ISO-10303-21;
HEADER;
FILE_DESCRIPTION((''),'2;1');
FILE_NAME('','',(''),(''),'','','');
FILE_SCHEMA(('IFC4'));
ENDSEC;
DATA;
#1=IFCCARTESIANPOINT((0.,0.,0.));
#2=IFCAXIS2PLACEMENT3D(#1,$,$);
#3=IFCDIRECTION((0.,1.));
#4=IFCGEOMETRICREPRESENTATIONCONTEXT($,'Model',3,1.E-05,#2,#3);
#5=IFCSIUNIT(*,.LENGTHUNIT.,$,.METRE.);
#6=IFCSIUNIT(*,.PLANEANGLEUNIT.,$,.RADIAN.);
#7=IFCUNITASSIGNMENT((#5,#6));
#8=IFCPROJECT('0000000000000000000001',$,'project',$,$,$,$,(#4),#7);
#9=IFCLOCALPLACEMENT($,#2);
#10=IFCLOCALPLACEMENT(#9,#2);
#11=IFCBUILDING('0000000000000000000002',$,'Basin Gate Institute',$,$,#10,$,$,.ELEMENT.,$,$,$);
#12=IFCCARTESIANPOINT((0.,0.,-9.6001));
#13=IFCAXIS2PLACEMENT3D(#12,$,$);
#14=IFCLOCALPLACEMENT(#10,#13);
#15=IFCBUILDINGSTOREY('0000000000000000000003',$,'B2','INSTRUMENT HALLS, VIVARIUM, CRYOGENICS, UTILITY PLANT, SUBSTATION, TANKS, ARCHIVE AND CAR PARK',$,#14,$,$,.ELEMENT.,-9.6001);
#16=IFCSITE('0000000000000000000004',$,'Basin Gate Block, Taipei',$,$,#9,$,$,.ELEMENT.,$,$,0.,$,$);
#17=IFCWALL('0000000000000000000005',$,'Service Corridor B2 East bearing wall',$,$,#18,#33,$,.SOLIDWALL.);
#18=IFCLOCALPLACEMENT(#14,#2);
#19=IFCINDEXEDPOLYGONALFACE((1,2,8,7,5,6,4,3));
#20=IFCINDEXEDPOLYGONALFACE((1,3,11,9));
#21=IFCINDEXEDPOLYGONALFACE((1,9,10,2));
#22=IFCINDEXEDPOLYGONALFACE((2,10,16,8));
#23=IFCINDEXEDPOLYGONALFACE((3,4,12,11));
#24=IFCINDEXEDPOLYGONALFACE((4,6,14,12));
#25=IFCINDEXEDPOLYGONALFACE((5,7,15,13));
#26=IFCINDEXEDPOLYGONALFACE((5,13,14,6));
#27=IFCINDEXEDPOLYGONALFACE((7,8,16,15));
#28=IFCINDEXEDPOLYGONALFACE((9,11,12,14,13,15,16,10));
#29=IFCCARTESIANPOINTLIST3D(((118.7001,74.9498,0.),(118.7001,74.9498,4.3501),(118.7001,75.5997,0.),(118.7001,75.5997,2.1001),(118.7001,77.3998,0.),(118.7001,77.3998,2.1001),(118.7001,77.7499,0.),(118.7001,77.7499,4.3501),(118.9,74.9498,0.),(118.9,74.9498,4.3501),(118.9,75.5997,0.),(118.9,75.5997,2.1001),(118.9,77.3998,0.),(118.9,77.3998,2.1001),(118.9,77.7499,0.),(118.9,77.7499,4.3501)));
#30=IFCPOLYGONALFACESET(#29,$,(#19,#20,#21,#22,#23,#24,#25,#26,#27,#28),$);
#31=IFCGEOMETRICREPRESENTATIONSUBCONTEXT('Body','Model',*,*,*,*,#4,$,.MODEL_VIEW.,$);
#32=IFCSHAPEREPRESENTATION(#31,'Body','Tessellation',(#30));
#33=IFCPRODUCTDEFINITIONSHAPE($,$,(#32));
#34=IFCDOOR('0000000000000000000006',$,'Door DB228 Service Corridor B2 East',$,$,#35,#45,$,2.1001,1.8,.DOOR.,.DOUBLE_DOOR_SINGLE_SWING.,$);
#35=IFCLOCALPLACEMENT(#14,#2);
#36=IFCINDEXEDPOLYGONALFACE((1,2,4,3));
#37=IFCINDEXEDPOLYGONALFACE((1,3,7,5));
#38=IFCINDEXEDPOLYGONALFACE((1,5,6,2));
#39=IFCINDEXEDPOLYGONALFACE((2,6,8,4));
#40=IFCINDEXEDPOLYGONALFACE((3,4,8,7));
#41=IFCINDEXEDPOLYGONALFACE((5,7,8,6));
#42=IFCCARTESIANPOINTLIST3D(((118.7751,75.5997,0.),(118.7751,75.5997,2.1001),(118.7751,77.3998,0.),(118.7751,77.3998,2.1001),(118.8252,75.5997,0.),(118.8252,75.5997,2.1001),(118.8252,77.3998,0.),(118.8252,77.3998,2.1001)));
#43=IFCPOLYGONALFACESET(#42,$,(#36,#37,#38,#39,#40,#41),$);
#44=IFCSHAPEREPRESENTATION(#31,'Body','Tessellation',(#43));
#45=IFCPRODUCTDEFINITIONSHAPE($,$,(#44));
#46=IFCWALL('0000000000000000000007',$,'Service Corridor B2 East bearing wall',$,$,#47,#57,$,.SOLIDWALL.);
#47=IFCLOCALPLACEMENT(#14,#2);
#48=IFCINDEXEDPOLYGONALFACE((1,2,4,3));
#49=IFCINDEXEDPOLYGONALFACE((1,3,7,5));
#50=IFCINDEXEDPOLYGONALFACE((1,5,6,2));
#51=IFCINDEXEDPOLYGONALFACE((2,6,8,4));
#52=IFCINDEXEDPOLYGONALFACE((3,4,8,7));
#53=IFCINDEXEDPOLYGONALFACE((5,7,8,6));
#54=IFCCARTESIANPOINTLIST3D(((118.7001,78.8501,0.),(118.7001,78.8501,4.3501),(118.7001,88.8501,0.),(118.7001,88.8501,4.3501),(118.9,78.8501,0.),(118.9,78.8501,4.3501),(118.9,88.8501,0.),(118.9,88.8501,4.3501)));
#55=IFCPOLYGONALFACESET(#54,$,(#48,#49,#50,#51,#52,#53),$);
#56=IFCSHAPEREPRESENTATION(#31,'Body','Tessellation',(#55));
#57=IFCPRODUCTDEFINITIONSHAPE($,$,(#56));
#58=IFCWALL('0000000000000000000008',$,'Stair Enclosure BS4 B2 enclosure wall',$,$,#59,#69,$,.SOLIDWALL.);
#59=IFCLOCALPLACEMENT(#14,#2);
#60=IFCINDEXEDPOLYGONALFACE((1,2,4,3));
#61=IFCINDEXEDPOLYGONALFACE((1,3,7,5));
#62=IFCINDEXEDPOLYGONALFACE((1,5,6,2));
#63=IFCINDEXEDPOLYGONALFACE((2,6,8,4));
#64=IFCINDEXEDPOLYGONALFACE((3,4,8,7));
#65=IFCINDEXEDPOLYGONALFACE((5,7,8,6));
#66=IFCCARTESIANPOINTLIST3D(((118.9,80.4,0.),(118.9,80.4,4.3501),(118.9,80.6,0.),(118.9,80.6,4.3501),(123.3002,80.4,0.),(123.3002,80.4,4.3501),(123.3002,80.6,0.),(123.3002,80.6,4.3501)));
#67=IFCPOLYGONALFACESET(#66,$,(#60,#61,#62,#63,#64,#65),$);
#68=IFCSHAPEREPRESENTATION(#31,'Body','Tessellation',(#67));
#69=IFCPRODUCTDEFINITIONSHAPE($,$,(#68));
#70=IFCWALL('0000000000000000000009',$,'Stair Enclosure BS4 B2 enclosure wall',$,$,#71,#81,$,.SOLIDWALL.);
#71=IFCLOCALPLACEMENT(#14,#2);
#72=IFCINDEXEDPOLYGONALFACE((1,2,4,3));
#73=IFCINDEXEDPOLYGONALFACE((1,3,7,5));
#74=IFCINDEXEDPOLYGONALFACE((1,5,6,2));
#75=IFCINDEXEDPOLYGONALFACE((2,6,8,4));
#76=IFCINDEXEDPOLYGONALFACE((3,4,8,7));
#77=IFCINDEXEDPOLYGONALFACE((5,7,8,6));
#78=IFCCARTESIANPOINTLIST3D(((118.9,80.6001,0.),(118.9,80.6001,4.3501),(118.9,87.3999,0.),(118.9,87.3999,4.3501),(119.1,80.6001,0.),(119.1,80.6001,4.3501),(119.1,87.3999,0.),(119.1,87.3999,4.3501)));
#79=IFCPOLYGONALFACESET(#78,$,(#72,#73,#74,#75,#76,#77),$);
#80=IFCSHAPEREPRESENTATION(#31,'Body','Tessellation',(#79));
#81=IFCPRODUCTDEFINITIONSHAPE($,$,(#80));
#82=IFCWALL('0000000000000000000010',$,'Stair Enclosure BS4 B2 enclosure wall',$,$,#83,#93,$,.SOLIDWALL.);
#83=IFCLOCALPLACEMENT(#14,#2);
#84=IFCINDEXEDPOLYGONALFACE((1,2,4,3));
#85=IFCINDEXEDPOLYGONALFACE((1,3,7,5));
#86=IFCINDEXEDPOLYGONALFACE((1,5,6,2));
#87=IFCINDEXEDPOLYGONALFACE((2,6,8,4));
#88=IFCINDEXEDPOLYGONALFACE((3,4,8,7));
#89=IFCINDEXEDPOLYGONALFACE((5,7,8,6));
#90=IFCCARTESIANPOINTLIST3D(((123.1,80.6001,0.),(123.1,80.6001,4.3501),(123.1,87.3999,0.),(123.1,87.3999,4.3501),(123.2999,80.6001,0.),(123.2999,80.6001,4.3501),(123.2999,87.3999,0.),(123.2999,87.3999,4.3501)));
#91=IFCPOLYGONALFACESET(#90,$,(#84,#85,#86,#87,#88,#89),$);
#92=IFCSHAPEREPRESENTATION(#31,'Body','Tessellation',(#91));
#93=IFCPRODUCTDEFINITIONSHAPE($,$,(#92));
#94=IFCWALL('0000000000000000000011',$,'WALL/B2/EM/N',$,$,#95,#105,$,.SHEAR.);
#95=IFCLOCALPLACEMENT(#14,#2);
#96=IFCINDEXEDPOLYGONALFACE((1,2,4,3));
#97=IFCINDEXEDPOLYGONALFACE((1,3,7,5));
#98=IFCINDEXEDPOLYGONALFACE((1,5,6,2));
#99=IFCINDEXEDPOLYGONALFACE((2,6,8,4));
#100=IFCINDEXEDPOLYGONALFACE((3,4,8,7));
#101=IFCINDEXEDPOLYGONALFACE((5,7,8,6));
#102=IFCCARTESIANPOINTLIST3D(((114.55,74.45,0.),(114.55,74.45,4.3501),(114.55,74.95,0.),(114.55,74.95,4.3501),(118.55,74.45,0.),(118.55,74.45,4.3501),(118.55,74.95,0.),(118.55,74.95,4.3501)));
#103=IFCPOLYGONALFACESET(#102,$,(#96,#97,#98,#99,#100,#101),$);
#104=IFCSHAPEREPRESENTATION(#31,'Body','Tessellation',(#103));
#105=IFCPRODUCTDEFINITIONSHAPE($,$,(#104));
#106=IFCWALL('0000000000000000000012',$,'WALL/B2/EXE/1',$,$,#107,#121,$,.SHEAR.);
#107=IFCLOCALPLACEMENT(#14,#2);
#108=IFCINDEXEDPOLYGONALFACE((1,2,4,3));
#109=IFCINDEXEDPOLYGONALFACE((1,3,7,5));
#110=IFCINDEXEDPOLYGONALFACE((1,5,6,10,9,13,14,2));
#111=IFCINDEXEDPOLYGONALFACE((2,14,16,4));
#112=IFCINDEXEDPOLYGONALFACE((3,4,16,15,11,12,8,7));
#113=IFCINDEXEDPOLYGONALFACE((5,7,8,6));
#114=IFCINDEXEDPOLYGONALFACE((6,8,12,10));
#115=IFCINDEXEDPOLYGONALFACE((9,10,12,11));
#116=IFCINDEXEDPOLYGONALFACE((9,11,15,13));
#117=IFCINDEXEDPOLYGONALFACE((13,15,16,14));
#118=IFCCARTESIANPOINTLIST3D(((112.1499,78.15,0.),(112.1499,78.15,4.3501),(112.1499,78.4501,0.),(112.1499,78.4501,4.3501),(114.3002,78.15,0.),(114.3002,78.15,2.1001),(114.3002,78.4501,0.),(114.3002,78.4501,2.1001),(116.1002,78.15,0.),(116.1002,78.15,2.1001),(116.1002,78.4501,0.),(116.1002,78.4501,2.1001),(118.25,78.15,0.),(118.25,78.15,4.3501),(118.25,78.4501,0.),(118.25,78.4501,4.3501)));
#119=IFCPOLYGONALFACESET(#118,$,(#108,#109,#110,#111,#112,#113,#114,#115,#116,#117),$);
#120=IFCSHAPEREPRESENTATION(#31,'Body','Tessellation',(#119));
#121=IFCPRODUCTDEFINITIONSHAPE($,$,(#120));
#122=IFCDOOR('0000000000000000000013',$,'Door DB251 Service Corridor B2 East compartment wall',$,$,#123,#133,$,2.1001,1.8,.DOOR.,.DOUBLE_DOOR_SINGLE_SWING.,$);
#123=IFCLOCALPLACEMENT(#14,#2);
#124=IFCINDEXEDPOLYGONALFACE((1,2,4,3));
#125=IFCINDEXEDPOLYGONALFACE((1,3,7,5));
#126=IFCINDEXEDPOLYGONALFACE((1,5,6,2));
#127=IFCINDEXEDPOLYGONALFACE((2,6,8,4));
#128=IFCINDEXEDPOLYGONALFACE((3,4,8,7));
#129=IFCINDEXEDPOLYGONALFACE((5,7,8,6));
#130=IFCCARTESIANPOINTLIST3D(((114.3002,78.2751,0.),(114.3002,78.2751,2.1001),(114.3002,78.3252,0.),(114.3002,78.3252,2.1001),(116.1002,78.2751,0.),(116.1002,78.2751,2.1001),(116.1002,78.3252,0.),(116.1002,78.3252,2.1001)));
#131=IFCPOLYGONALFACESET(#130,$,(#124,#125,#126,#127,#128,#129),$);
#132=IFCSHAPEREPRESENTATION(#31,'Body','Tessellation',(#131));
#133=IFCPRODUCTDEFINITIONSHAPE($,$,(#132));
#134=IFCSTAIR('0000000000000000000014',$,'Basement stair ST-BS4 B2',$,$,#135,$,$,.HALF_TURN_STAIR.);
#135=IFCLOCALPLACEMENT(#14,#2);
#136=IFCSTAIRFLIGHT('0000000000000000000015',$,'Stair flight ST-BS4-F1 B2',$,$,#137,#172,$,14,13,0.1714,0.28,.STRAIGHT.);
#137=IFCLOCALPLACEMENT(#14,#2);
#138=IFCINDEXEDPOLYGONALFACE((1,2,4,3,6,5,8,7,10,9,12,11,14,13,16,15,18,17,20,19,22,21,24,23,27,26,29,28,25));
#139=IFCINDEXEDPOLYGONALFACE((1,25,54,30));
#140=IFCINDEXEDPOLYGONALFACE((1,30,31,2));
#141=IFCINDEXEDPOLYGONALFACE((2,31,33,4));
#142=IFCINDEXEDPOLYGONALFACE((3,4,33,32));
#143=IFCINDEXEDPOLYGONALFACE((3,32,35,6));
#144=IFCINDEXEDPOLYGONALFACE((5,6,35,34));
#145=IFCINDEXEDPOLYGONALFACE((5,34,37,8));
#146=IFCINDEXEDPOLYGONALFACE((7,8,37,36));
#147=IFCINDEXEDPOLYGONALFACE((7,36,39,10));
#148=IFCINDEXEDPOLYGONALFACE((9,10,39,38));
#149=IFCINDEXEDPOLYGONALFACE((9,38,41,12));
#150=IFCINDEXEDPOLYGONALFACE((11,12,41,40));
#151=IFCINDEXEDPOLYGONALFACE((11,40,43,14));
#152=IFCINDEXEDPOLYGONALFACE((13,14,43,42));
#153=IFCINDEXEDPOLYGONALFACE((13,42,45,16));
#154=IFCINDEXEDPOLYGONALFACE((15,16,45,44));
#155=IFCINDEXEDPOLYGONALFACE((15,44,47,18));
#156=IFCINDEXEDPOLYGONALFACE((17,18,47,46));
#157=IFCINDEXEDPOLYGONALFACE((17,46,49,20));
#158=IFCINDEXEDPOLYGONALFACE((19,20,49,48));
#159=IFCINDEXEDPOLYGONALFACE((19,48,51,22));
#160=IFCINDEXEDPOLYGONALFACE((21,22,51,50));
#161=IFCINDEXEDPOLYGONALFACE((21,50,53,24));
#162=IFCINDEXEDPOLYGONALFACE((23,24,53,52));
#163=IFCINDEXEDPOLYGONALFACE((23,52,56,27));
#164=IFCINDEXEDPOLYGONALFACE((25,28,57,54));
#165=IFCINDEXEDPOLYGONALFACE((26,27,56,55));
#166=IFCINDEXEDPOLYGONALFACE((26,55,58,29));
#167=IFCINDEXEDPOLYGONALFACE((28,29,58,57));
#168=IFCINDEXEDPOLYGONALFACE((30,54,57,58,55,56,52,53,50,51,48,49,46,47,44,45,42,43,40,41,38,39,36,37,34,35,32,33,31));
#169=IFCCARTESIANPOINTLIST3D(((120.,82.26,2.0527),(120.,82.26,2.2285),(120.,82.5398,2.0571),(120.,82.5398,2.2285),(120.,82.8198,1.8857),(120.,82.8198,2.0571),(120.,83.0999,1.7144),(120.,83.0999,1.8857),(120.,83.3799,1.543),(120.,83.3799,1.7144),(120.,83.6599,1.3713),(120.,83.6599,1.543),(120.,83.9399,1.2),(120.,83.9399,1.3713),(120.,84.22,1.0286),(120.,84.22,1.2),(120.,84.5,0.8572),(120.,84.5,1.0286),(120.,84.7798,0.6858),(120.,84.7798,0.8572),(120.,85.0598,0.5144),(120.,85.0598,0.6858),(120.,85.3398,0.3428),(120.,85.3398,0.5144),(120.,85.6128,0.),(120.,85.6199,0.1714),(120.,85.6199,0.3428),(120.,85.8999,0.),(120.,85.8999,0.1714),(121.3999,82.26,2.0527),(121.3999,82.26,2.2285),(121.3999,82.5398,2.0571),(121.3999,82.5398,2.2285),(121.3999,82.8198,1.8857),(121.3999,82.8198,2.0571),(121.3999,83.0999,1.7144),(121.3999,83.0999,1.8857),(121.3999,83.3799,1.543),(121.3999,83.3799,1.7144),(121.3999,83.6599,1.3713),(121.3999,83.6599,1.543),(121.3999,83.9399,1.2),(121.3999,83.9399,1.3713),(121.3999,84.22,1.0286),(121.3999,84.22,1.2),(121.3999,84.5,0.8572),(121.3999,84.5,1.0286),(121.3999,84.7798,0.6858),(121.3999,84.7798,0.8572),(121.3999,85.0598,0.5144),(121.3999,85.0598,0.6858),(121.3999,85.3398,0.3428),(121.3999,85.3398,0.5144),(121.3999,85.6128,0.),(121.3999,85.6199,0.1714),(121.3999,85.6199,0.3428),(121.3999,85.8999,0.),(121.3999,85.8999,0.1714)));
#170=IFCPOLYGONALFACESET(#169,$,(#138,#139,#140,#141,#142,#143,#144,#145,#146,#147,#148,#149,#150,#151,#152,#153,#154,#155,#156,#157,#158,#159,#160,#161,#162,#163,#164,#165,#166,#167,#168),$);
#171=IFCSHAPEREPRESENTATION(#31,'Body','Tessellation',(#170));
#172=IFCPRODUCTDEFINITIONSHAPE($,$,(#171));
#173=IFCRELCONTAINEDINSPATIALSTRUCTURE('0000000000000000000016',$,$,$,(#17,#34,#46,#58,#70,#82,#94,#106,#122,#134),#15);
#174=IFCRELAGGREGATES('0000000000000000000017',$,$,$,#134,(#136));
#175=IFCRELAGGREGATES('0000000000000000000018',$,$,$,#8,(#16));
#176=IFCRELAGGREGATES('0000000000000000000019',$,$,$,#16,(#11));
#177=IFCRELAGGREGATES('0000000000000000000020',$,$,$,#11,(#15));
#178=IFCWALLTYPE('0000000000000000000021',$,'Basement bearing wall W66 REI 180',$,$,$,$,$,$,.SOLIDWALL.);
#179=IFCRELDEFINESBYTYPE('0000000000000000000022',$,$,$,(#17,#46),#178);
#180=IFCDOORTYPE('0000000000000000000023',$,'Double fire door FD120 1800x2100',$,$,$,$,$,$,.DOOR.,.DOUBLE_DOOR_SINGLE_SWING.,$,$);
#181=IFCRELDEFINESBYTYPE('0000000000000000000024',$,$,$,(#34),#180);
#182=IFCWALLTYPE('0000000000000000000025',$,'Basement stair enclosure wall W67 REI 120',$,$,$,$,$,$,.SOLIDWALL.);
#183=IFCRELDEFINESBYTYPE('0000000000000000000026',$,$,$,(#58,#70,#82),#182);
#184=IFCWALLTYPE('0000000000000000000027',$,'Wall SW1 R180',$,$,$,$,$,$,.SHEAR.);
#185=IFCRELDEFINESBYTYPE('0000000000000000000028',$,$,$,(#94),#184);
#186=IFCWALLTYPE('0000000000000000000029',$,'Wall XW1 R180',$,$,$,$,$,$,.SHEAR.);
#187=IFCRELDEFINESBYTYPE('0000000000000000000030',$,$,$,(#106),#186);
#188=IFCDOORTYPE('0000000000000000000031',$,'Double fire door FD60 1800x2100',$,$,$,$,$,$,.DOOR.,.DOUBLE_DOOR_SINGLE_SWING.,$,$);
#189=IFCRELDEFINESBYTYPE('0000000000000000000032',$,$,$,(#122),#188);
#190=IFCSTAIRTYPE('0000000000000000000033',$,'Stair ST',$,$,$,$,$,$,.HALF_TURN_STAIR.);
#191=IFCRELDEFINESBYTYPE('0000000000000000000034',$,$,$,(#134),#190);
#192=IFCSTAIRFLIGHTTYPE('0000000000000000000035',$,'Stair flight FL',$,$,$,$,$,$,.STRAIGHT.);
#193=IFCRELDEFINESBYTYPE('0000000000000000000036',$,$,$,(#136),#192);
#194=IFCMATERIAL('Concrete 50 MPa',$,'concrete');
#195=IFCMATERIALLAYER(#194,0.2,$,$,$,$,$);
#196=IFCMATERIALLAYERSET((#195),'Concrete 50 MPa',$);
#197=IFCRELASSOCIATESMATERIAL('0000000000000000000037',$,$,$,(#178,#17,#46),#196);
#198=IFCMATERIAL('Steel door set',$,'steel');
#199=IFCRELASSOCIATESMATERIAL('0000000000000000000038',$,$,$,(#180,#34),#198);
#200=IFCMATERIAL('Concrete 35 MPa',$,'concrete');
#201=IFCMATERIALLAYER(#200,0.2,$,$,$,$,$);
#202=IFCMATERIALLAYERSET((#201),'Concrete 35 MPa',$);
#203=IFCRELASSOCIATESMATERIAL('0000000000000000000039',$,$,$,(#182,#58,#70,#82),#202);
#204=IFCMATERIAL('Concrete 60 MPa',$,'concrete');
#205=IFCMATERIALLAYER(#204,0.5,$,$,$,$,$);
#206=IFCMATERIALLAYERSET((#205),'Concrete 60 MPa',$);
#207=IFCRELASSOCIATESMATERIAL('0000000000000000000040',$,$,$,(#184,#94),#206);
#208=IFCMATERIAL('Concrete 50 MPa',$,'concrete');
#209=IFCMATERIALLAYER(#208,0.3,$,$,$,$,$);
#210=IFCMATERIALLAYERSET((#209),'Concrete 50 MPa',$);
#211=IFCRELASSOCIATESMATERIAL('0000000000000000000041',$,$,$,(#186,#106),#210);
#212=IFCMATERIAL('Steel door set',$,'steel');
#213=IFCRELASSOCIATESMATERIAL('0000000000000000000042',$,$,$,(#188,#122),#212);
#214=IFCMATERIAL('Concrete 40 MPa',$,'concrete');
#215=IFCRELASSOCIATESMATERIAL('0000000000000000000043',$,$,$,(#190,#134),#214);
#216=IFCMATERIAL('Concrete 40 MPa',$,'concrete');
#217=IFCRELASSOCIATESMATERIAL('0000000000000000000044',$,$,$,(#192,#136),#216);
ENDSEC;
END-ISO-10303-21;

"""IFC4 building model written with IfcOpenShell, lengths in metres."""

from ifc_helpers import new_model, si_unit, direction, frame, frame_2d, origin, place, context, subcontext, project, spatial, polyline, rectangle, outline, extrude, material, layer, layer_set, type_object, element, fill, aggregate, save


model = new_model("IFC4")

# Units and contexts
model_context = context("Model", 3, precision=1e-05, world=origin(), true_north=direction((0.0, 1.0)))
body_context = subcontext(model_context, "Body", "Model", "MODEL_VIEW")
ifc_project = project(units=[si_unit("LENGTHUNIT", "METRE"), si_unit("PLANEANGLEUNIT", "RADIAN")], contexts=[model_context])

# Site, building, storey
site_placement = place(None, origin())
site = spatial("IfcSite", under=ifc_project, at=site_placement, Name="Basin Gate Block, Taipei", CompositionType="ELEMENT", RefElevation=0.0)
building_placement = place(site_placement, origin())
building = spatial("IfcBuilding", under=site, at=building_placement, Name="Basin Gate Institute", CompositionType="ELEMENT")
storey_placement = place(building_placement, frame((0.0, 0.0, -9.6001)))
storey = spatial("IfcBuildingStorey", under=building, at=storey_placement, Name="B2", Description="INSTRUMENT HALLS, VIVARIUM, CRYOGENICS, UTILITY PLANT, SUBSTATION, TANKS, ARCHIVE AND CAR PARK", CompositionType="ELEMENT", Elevation=-9.6001)

# Wall, opening, door
ifc_material_1 = material(Name="Concrete 50 MPa", Category="concrete")
ifc_layer_1 = layer(ifc_material_1, 0.2)
ifc_layer_set_1 = layer_set([ifc_layer_1], Name="Concrete 50 MPa")
wall_type_1 = type_object("IfcWallType", Name="Basement bearing wall W66 REI 180", PredefinedType="SOLIDWALL", material=ifc_layer_set_1)
wall_1_placement = place(storey_placement, frame((118.8, 74.95, 0.0), z_axis=(0.0, 0.0, 1.0), x_axis=(0.0, 1.0, 0.0)))
wall_1 = element("IfcWall", 1, at=wall_1_placement, inside=storey, type_object=wall_type_1, material=ifc_layer_set_1, Name="Service Corridor B2 East bearing wall", PredefinedType="SOLIDWALL", context=body_context, shape_type="SweptSolid", body=[
    extrude(rectangle(XDim=2.8, YDim=0.2, at=frame_2d((1.3999, 0.0))), origin(), (0.0, 0.0, 1.0), 4.3501),
])
opening_1_placement = place(wall_1_placement, frame((0.6499, 0.0, 0.0)))
opening_1 = element("IfcOpeningElement", 2, at=opening_1_placement, cuts=wall_1, PredefinedType="OPENING", context=body_context, shape_type="SweptSolid", body=[
    extrude(rectangle(XDim=1.8, YDim=2.1001, at=frame_2d((0.8999, 1.05))), frame((0.0, 0.1099, 0.0), z_axis=(0.0, -1.0, 0.0), x_axis=(1.0, 0.0, 0.0)), (0.0, 0.0, 1.0), 0.22),
])
ifc_material_2 = material(Name="Steel door set", Category="steel")
door_type_1 = type_object("IfcDoorType", Name="Double fire door FD120 1800x2100", OperationType="DOUBLE_DOOR_SINGLE_SWING", PredefinedType="DOOR", material=ifc_material_2)
door_1_placement = place(opening_1_placement, origin())
door_1 = element("IfcDoor", 3, at=door_1_placement, inside=storey, type_object=door_type_1, material=ifc_material_2, Name="Door DB228 Service Corridor B2 East", OperationType="DOUBLE_DOOR_SINGLE_SWING", OverallHeight=2.1001, OverallWidth=1.8, PredefinedType="DOOR", context=body_context, shape_type="SweptSolid", body=[
    extrude(rectangle(XDim=1.8, YDim=2.1001, at=frame_2d((0.8999, 1.05))), frame((0.0, 0.0249, 0.0), z_axis=(0.0, -1.0, 0.0), x_axis=(1.0, 0.0, 0.0)), (0.0, 0.0, 1.0), 0.05),
])
fill(opening_1, door_1)

# Walls
wall_2_placement = place(storey_placement, frame((118.8, 78.8501, 0.0), z_axis=(0.0, 0.0, 1.0), x_axis=(0.0, 1.0, 0.0)))
element("IfcWall", 4, at=wall_2_placement, inside=storey, type_object=wall_type_1, material=ifc_layer_set_1, Name="Service Corridor B2 East bearing wall", PredefinedType="SOLIDWALL", context=body_context, shape_type="SweptSolid", body=[
    extrude(rectangle(XDim=10.0, YDim=0.2, at=frame_2d((5.0, 0.0))), origin(), (0.0, 0.0, 1.0), 4.3501),
])
ifc_material_3 = material(Name="Concrete 35 MPa", Category="concrete")
ifc_layer_2 = layer(ifc_material_3, 0.2)
ifc_layer_set_2 = layer_set([ifc_layer_2], Name="Concrete 35 MPa")
wall_type_2 = type_object("IfcWallType", Name="Basement stair enclosure wall W67 REI 120", PredefinedType="SOLIDWALL", material=ifc_layer_set_2)
wall_3_placement = place(storey_placement, frame((118.8999, 80.5, 0.0), z_axis=(0.0, 0.0, 1.0), x_axis=(1.0, 0.0, 0.0)))
element("IfcWall", 5, at=wall_3_placement, inside=storey, type_object=wall_type_2, material=ifc_layer_set_2, Name="Stair Enclosure BS4 B2 enclosure wall", PredefinedType="SOLIDWALL", context=body_context, shape_type="SweptSolid", body=[
    extrude(rectangle(XDim=4.4001, YDim=0.2, at=frame_2d((2.2002, 0.0))), origin(), (0.0, 0.0, 1.0), 4.3501),
])
for number, where, z_axis, x_axis, name in (
    (6, (119.0, 80.6001, 0.0), (0.0, 0.0, 1.0), (0.0, 1.0, 0.0), "Stair Enclosure BS4 B2 enclosure wall"),
    (7, (123.2, 80.6001, 0.0), (0.0, 0.0, 1.0), (0.0, 1.0, 0.0), "Stair Enclosure BS4 B2 enclosure wall"),
):
    element("IfcWall", number, at=place(storey_placement, frame(where, z_axis=z_axis, x_axis=x_axis)), inside=storey, type_object=wall_type_2, material=ifc_layer_set_2, Name=name, PredefinedType="SOLIDWALL", context=body_context, shape_type="SweptSolid", body=[
        extrude(rectangle(XDim=6.7998, YDim=0.2, at=frame_2d((3.3999, 0.0))), origin(), (0.0, 0.0, 1.0), 4.3501),
    ])
ifc_material_4 = material(Name="Concrete 60 MPa", Category="concrete")
ifc_layer_3 = layer(ifc_material_4, 0.5)
ifc_layer_set_3 = layer_set([ifc_layer_3], Name="Concrete 60 MPa")
wall_type_3 = type_object("IfcWallType", Name="Wall SW1 R180", PredefinedType="SHEAR", material=ifc_layer_set_3)
wall_4_placement = place(storey_placement, frame((118.55, 74.7, 0.0), z_axis=(0.0, 0.0, 1.0), x_axis=(-1.0, 0.0, 0.0)))
element("IfcWall", 8, at=wall_4_placement, inside=storey, type_object=wall_type_3, material=ifc_layer_set_3, Name="WALL/B2/EM/N", PredefinedType="SHEAR", context=body_context, shape_type="SweptSolid", body=[
    extrude(rectangle(XDim=4.0, YDim=0.5, at=frame_2d((2.0, 0.0))), origin(), (0.0, 0.0, 1.0), 4.3501),
])

# Wall, opening, door
ifc_material_5 = material(Name="Concrete 50 MPa", Category="concrete")
ifc_layer_4 = layer(ifc_material_5, 0.3)
ifc_layer_set_4 = layer_set([ifc_layer_4], Name="Concrete 50 MPa")
wall_type_4 = type_object("IfcWallType", Name="Wall XW1 R180", PredefinedType="SHEAR", material=ifc_layer_set_4)
wall_5_placement = place(storey_placement, frame((118.25, 78.3, 0.0), z_axis=(0.0, 0.0, 1.0), x_axis=(-1.0, 0.0, 0.0)))
wall_5 = element("IfcWall", 9, at=wall_5_placement, inside=storey, type_object=wall_type_4, material=ifc_layer_set_4, Name="WALL/B2/EXE/1", PredefinedType="SHEAR", context=body_context, shape_type="SweptSolid", body=[
    extrude(rectangle(XDim=6.1001, YDim=0.3, at=frame_2d((3.05, 0.0))), origin(), (0.0, 0.0, 1.0), 4.3501),
])
opening_2_placement = place(wall_5_placement, frame((2.1499, 0.0, 0.0)))
opening_2 = element("IfcOpeningElement", 10, at=opening_2_placement, cuts=wall_5, PredefinedType="OPENING", context=body_context, shape_type="SweptSolid", body=[
    extrude(rectangle(XDim=1.8, YDim=2.1001, at=frame_2d((0.8999, 1.05))), frame((0.0, 0.1602, 0.0), z_axis=(0.0, -1.0, 0.0), x_axis=(1.0, 0.0, 0.0)), (0.0, 0.0, 1.0), 0.3201),
])
ifc_material_6 = material(Name="Steel door set", Category="steel")
door_type_2 = type_object("IfcDoorType", Name="Double fire door FD60 1800x2100", OperationType="DOUBLE_DOOR_SINGLE_SWING", PredefinedType="DOOR", material=ifc_material_6)
door_2_placement = place(opening_2_placement, origin())
door_2 = element("IfcDoor", 11, at=door_2_placement, inside=storey, type_object=door_type_2, material=ifc_material_6, Name="Door DB251 Service Corridor B2 East compartment wall", OperationType="DOUBLE_DOOR_SINGLE_SWING", OverallHeight=2.1001, OverallWidth=1.8, PredefinedType="DOOR", context=body_context, shape_type="SweptSolid", body=[
    extrude(rectangle(XDim=1.8, YDim=2.1001, at=frame_2d((0.8999, 1.05))), frame((0.0, 0.0249, 0.0), z_axis=(0.0, -1.0, 0.0), x_axis=(1.0, 0.0, 0.0)), (0.0, 0.0, 1.0), 0.05),
])
fill(opening_2, door_2)

# Stair, stair flight
ifc_material_7 = material(Name="Concrete 40 MPa", Category="concrete")
stair_type = type_object("IfcStairType", Name="Stair ST", PredefinedType="HALF_TURN_STAIR", material=ifc_material_7)
stair_placement = place(storey_placement, origin())
stair = element("IfcStair", 12, at=stair_placement, inside=storey, type_object=stair_type, material=ifc_material_7, Name="Basement stair ST-BS4 B2", PredefinedType="HALF_TURN_STAIR")
ifc_material_8 = material(Name="Concrete 40 MPa", Category="concrete")
stair_flight_type = type_object("IfcStairFlightType", Name="Stair flight FL", PredefinedType="STRAIGHT", material=ifc_material_8)
stair_flight_1_placement = place(storey_placement, frame((120.7, 85.8999, 0.0), z_axis=(0.0, 0.0, 1.0), x_axis=(0.0, -1.0, 0.0)))
stair_flight_1 = element("IfcStairFlight", 13, at=stair_flight_1_placement, type_object=stair_flight_type, material=ifc_material_8, Name="Stair flight ST-BS4-F1 B2", NumberOfRisers=14, NumberOfTreads=13, PredefinedType="STRAIGHT", RiserHeight=0.1714, TreadLength=0.28, context=body_context, shape_type="SweptSolid", body=[
    extrude(outline(polyline([(0.0, 0.0), (0.0, 0.1714), (0.28, 0.1714), (0.28, 0.3428), (0.5601, 0.3428), (0.5601, 0.5144), (0.8401, 0.5144), (0.8401, 0.6858), (1.1201, 0.6858), (1.1201, 0.8572), (1.3999, 0.8572), (1.3999, 1.0286), (1.6799, 1.0286), (1.6799, 1.2), (1.96, 1.2), (1.96, 1.3713), (2.24, 1.3713), (2.24, 1.543), (2.52, 1.543), (2.52, 1.7144), (2.8, 1.7144), (2.8, 1.8857), (3.0801, 1.8857), (3.0801, 2.0571), (3.3601, 2.0571), (3.3601, 2.2285), (3.6399, 2.2285), (3.6399, 2.3999), (3.6399, 2.0527), (0.2871, 0.0), (0.0, 0.0)])), frame((0.0, 0.7, 0.0), z_axis=(0.0, -1.0, 0.0), x_axis=(1.0, 0.0, 0.0)), (0.0, 0.0, 1.0), 1.3999),
])
aggregate(stair, [stair_flight_1])

save(model, "model.ifc")
